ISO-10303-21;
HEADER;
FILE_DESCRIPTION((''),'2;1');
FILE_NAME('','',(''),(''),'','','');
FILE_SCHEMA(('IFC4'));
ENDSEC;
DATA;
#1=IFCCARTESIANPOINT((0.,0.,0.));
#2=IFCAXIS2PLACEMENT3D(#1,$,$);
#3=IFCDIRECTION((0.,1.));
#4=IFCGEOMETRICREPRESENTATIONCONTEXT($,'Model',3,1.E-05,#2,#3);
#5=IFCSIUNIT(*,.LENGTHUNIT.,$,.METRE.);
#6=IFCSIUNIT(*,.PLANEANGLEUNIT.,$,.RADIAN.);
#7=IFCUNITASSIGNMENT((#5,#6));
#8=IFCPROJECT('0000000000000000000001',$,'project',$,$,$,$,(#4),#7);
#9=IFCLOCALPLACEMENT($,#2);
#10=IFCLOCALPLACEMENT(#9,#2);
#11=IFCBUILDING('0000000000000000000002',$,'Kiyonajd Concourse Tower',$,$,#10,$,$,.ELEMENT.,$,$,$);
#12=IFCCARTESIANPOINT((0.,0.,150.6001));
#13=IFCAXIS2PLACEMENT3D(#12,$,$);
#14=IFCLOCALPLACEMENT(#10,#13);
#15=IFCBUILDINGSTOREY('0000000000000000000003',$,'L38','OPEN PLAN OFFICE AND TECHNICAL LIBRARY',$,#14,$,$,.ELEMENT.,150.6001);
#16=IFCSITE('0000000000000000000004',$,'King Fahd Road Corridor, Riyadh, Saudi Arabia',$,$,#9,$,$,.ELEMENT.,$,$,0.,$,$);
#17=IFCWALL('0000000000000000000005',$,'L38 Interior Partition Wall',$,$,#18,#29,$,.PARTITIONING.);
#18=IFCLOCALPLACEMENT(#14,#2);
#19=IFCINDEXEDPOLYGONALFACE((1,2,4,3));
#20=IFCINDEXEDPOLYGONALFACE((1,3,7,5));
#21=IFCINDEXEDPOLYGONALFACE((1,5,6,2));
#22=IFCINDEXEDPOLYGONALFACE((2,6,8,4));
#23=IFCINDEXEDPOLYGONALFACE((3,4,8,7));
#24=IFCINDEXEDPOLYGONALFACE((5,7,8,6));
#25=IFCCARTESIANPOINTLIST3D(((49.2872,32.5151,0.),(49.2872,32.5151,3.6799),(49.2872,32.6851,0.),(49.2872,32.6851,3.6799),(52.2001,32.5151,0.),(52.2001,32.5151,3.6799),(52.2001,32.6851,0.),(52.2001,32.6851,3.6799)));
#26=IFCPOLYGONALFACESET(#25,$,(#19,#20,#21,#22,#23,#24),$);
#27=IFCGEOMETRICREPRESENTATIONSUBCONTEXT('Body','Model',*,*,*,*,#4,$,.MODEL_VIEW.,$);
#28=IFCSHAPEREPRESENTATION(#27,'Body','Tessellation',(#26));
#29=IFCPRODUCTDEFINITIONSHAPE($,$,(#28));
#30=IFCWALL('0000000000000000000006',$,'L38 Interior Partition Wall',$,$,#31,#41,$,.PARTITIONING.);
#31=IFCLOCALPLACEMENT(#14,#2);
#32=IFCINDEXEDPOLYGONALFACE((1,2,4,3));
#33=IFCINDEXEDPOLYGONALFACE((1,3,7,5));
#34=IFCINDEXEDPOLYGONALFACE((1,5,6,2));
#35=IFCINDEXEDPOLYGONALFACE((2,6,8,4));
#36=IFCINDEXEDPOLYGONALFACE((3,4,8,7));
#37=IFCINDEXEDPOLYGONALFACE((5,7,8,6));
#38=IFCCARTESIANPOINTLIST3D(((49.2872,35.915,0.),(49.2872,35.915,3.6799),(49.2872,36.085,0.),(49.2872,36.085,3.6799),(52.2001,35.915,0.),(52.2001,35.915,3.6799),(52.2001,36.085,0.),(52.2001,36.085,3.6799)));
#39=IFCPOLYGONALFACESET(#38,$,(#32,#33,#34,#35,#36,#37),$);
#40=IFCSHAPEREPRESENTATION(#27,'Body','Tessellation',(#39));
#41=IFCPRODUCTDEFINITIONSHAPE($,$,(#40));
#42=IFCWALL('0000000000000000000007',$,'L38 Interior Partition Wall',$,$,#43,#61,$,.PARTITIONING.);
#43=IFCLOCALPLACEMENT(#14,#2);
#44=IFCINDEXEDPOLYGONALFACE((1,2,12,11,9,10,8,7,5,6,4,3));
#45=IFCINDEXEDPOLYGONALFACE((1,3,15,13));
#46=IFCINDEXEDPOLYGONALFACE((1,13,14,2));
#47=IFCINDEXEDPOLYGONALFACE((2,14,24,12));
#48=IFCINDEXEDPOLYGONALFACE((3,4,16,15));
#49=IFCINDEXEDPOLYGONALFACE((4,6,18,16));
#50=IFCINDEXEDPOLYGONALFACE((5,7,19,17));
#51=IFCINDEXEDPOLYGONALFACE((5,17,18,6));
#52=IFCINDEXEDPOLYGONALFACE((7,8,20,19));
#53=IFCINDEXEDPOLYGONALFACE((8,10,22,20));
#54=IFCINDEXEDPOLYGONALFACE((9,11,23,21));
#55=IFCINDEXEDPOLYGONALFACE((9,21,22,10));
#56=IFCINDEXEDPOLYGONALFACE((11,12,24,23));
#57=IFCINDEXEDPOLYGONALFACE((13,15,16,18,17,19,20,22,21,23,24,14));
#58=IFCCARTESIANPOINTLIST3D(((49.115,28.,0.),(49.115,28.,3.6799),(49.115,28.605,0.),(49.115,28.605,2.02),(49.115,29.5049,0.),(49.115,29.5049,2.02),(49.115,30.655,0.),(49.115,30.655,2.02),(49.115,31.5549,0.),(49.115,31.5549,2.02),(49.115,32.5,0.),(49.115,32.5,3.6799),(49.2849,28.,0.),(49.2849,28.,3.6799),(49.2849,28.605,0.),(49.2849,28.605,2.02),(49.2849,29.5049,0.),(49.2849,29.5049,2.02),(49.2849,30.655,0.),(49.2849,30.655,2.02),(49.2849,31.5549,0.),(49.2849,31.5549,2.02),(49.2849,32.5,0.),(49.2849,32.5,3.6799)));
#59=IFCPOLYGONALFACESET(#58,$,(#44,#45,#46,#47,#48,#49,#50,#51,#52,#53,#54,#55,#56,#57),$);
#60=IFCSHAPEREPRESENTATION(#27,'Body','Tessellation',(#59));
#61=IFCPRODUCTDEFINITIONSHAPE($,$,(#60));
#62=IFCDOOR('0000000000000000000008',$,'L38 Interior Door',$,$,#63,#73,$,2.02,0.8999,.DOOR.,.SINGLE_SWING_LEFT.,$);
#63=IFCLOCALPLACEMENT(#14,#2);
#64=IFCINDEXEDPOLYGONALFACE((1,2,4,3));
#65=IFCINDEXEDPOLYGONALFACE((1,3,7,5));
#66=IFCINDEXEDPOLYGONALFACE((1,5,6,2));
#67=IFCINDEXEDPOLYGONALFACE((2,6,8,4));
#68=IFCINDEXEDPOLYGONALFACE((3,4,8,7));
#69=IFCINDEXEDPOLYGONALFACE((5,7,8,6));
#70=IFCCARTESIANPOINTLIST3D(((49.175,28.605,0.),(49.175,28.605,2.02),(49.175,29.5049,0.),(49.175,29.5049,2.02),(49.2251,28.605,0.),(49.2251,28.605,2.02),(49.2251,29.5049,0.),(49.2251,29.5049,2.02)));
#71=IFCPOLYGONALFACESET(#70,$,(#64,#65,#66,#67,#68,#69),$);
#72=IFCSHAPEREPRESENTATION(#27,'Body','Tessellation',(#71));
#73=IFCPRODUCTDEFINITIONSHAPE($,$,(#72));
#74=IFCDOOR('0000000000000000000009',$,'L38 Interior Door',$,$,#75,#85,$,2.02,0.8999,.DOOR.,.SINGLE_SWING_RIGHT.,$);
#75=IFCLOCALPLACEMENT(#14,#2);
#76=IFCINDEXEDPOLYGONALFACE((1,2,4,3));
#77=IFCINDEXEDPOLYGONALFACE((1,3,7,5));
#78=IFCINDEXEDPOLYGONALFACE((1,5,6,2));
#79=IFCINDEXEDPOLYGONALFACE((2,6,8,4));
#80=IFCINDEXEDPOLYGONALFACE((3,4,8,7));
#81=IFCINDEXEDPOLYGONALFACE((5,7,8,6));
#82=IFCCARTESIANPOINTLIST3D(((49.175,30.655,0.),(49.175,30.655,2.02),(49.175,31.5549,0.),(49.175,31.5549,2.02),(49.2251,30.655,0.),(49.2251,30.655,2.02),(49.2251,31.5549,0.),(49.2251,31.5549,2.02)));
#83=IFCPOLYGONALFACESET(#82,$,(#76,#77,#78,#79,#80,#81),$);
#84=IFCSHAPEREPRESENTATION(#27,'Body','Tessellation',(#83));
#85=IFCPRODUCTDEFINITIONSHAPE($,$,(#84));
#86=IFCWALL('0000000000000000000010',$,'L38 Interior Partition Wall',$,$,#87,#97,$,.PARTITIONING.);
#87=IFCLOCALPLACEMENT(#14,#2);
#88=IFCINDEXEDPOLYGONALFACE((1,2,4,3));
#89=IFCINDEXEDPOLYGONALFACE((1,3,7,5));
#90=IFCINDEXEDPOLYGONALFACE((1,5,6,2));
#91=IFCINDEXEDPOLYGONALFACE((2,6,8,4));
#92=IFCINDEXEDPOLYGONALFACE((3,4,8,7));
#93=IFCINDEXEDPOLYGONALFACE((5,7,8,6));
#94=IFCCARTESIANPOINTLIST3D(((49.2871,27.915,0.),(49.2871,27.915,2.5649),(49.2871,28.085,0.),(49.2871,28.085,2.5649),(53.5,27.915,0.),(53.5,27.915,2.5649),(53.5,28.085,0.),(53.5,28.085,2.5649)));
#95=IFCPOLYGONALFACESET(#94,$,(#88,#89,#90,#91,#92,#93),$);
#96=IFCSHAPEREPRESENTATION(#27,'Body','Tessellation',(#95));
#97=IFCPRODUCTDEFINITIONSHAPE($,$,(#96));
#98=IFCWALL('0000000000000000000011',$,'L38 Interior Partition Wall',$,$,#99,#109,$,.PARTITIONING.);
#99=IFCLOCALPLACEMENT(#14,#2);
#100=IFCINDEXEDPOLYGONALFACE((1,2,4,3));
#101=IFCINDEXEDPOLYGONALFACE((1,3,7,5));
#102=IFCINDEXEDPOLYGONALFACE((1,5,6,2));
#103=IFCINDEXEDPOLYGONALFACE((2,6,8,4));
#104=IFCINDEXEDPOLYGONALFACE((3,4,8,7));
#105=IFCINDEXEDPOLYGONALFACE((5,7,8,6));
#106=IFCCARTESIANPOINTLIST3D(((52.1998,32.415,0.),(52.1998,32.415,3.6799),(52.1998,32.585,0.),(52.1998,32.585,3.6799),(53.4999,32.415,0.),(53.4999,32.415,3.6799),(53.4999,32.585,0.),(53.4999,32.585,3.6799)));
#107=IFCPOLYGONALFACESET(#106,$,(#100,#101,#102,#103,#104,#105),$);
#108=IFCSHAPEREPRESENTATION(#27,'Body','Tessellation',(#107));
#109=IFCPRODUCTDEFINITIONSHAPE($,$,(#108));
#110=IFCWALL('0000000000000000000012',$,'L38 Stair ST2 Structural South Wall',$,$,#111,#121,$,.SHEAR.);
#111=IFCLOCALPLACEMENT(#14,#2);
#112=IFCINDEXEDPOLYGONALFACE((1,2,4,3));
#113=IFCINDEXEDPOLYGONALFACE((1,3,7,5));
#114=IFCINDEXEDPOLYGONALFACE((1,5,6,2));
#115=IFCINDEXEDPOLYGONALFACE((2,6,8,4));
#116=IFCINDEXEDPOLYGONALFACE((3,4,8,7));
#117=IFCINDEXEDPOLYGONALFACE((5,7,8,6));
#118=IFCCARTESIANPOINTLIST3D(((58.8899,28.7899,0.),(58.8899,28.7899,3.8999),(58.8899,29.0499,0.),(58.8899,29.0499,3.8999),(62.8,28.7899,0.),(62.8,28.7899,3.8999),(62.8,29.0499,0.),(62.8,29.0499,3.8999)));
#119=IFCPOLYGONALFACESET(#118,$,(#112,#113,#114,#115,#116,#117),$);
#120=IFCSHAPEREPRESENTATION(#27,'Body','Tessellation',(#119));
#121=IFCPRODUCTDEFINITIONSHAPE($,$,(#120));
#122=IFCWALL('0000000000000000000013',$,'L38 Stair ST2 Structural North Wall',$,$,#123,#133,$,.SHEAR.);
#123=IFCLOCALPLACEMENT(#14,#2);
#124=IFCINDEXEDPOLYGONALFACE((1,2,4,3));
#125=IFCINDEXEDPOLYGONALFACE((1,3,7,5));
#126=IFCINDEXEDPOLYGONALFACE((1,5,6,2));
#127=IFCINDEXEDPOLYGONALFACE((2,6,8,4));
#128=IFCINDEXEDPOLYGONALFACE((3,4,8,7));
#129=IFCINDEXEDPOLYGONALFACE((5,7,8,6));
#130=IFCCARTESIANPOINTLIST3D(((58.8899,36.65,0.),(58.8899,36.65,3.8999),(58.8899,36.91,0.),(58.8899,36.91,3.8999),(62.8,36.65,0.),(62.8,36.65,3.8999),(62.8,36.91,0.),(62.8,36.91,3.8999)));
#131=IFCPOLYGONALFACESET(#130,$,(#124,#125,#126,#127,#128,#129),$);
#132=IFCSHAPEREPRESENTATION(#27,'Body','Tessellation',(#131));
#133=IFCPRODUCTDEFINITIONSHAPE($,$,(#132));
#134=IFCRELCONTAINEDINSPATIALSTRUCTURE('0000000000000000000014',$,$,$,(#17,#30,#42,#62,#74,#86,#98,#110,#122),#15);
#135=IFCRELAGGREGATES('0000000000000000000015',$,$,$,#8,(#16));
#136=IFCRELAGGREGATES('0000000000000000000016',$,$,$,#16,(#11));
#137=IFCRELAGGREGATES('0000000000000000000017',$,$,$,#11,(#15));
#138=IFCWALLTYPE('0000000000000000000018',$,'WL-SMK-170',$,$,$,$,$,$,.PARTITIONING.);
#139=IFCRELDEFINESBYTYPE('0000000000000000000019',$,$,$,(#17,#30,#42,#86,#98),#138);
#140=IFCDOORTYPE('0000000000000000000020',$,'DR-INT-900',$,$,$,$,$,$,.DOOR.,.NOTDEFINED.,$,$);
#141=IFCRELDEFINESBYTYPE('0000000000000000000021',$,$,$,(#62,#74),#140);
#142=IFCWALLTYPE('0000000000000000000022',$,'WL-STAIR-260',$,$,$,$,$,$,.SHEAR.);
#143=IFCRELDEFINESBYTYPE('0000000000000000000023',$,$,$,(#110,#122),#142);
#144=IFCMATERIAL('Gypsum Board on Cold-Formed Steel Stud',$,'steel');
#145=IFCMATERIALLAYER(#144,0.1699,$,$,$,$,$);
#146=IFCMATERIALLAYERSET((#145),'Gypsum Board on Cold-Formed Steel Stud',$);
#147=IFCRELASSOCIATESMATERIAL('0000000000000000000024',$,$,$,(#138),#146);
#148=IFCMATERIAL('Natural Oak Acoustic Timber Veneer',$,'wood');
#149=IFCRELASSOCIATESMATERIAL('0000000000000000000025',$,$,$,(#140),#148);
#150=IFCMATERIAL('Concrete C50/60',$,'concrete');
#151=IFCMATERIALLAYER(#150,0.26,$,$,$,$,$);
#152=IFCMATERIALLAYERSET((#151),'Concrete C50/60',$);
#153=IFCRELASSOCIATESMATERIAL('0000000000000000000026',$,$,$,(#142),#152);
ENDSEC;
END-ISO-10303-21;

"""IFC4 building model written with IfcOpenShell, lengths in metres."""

from ifc_helpers import new_model, si_unit, direction, frame, frame_2d, origin, place, context, subcontext, project, spatial, rectangle, extrude, material, layer, layer_set, type_object, element, fill, save


model = new_model("IFC4")

# Units and contexts
model_context = context("Model", 3, precision=1e-05, world=origin(), true_north=direction((0.0, 1.0)))
body_context = subcontext(model_context, "Body", "Model", "MODEL_VIEW")
ifc_project = project(units=[si_unit("LENGTHUNIT", "METRE"), si_unit("PLANEANGLEUNIT", "RADIAN")], contexts=[model_context])

# Site, building, storey
site_placement = place(None, origin())
site = spatial("IfcSite", under=ifc_project, at=site_placement, Name="King Fahd Road Corridor, Riyadh, Saudi Arabia", CompositionType="ELEMENT", RefElevation=0.0)
building_placement = place(site_placement, origin())
building = spatial("IfcBuilding", under=site, at=building_placement, Name="Kiyonajd Concourse Tower", CompositionType="ELEMENT")
storey_placement = place(building_placement, frame((0.0, 0.0, 150.6001)))
storey = spatial("IfcBuildingStorey", under=building, at=storey_placement, Name="L38", Description="OPEN PLAN OFFICE AND TECHNICAL LIBRARY", CompositionType="ELEMENT", Elevation=150.6001)

# Shared definitions
ifc_material_1 = material(Name="Concrete C50/60", Category="concrete")

# Shared definitions
ifc_material_2 = material(Name="Gypsum Board on Cold-Formed Steel Stud", Category="steel")

# Shared definitions
ifc_layer_1 = layer(ifc_material_2, 0.1699)
ifc_layer_set_1 = layer_set([ifc_layer_1], Name="Gypsum Board on Cold-Formed Steel Stud")
wall_type_1 = type_object("IfcWallType", Name="WL-SMK-170", PredefinedType="PARTITIONING", material=ifc_layer_set_1)
ifc_material_3 = material(Name="Natural Oak Acoustic Timber Veneer", Category="wood")
door_type_1 = type_object("IfcDoorType", Name="DR-INT-900", OperationType="NOTDEFINED", PredefinedType="DOOR", material=ifc_material_3)

# Walls
for number, where, z_axis, x_axis, name in (
    (1, (49.2871, 32.6001, 0.0), (0.0, 0.0, 1.0), (1.0, 0.0, 0.0), "L38 Interior Partition Wall"),
    (2, (49.2871, 36.0, 0.0), (0.0, 0.0, 1.0), (1.0, 0.0, 0.0), "L38 Interior Partition Wall"),
):
    element("IfcWall", number, at=place(storey_placement, frame(where, z_axis=z_axis, x_axis=x_axis)), inside=storey, type_object=wall_type_1, Name=name, PredefinedType="PARTITIONING", context=body_context, shape_type="SweptSolid", body=[
        extrude(rectangle(XDim=2.9128, YDim=0.1699, at=frame_2d((1.4565, 0.0))), origin(), (0.0, 0.0, 1.0), 3.6799),
    ])

# Wall, openings, doors
wall_1_placement = place(storey_placement, frame((49.2, 28.0, 0.0), z_axis=(0.0, 0.0, 1.0), x_axis=(0.0, 1.0, 0.0)))
wall_1 = element("IfcWall", 3, at=wall_1_placement, inside=storey, type_object=wall_type_1, Name="L38 Interior Partition Wall", PredefinedType="PARTITIONING", context=body_context, shape_type="SweptSolid", body=[
    extrude(rectangle(XDim=4.5, YDim=0.1699, at=frame_2d((2.25, 0.0))), origin(), (0.0, 0.0, 1.0), 3.6799),
])
opening_1_placement = place(wall_1_placement, frame((0.605, 0.0, 0.0)))
opening_1 = element("IfcOpeningElement", 4, at=opening_1_placement, cuts=wall_1, PredefinedType="OPENING", context=body_context, shape_type="SweptSolid", body=[
    extrude(rectangle(XDim=0.8999, YDim=2.02, at=frame_2d((0.45, 1.01))), frame((0.0, 0.095, 0.0), z_axis=(0.0, -1.0, 0.0), x_axis=(1.0, 0.0, 0.0)), (0.0, 0.0, 1.0), 0.1899),
])
opening_2_placement = place(wall_1_placement, frame((2.655, 0.0, 0.0)))
opening_2 = element("IfcOpeningElement", 5, at=opening_2_placement, cuts=wall_1, PredefinedType="OPENING", context=body_context, shape_type="SweptSolid", body=[
    extrude(rectangle(XDim=0.8999, YDim=2.02, at=frame_2d((0.45, 1.01))), frame((0.0, 0.095, 0.0), z_axis=(0.0, -1.0, 0.0), x_axis=(1.0, 0.0, 0.0)), (0.0, 0.0, 1.0), 0.1899),
])
door_1_placement = place(opening_1_placement, origin())
door_1 = element("IfcDoor", 6, at=door_1_placement, inside=storey, type_object=door_type_1, Name="L38 Interior Door", OperationType="SINGLE_SWING_LEFT", OverallHeight=2.02, OverallWidth=0.8999, PredefinedType="DOOR", context=body_context, shape_type="SweptSolid", body=[
    extrude(rectangle(XDim=0.8999, YDim=2.02, at=frame_2d((0.45, 1.01))), frame((0.0, 0.0249, 0.0), z_axis=(0.0, -1.0, 0.0), x_axis=(1.0, 0.0, 0.0)), (0.0, 0.0, 1.0), 0.05),
])
fill(opening_1, door_1)
door_2_placement = place(opening_2_placement, origin())
door_2 = element("IfcDoor", 7, at=door_2_placement, inside=storey, type_object=door_type_1, Name="L38 Interior Door", OperationType="SINGLE_SWING_RIGHT", OverallHeight=2.02, OverallWidth=0.8999, PredefinedType="DOOR", context=body_context, shape_type="SweptSolid", body=[
    extrude(rectangle(XDim=0.8999, YDim=2.02, at=frame_2d((0.45, 1.01))), frame((0.0, 0.0249, 0.0), z_axis=(0.0, -1.0, 0.0), x_axis=(1.0, 0.0, 0.0)), (0.0, 0.0, 1.0), 0.05),
])
fill(opening_2, door_2)

# Walls
wall_2_placement = place(storey_placement, frame((49.2871, 28.0, 0.0), z_axis=(0.0, 0.0, 1.0), x_axis=(1.0, 0.0, 0.0)))
element("IfcWall", 8, at=wall_2_placement, inside=storey, type_object=wall_type_1, Name="L38 Interior Partition Wall", PredefinedType="PARTITIONING", context=body_context, shape_type="SweptSolid", body=[
    extrude(rectangle(XDim=4.2129, YDim=0.1699, at=frame_2d((2.1064, 0.0))), origin(), (0.0, 0.0, 1.0), 2.5649),
])
wall_3_placement = place(storey_placement, frame((52.2, 32.5, 0.0), z_axis=(0.0, 0.0, 1.0), x_axis=(1.0, 0.0, 0.0)))
element("IfcWall", 9, at=wall_3_placement, inside=storey, type_object=wall_type_1, Name="L38 Interior Partition Wall", PredefinedType="PARTITIONING", context=body_context, shape_type="SweptSolid", body=[
    extrude(rectangle(XDim=1.3, YDim=0.1699, at=frame_2d((0.6499, 0.0))), origin(), (0.0, 0.0, 1.0), 3.6799),
])
ifc_layer_2 = layer(ifc_material_1, 0.26)
ifc_layer_set_2 = layer_set([ifc_layer_2], Name="Concrete C50/60")
wall_type_2 = type_object("IfcWallType", Name="WL-STAIR-260", PredefinedType="SHEAR", material=ifc_layer_set_2)
for number, where, z_axis, x_axis, name in (
    (10, (58.8899, 28.9199, 0.0), (0.0, 0.0, 1.0), (1.0, 0.0, 0.0), "L38 Stair ST2 Structural South Wall"),
    (11, (58.8899, 36.78, 0.0), (0.0, 0.0, 1.0), (1.0, 0.0, 0.0), "L38 Stair ST2 Structural North Wall"),
):
    element("IfcWall", number, at=place(storey_placement, frame(where, z_axis=z_axis, x_axis=x_axis)), inside=storey, type_object=wall_type_2, Name=name, PredefinedType="SHEAR", context=body_context, shape_type="SweptSolid", body=[
        extrude(rectangle(XDim=3.9102, YDim=0.26, at=frame_2d((1.9551, 0.0))), origin(), (0.0, 0.0, 1.0), 3.8999),
    ])

save(model, "model.ifc")
